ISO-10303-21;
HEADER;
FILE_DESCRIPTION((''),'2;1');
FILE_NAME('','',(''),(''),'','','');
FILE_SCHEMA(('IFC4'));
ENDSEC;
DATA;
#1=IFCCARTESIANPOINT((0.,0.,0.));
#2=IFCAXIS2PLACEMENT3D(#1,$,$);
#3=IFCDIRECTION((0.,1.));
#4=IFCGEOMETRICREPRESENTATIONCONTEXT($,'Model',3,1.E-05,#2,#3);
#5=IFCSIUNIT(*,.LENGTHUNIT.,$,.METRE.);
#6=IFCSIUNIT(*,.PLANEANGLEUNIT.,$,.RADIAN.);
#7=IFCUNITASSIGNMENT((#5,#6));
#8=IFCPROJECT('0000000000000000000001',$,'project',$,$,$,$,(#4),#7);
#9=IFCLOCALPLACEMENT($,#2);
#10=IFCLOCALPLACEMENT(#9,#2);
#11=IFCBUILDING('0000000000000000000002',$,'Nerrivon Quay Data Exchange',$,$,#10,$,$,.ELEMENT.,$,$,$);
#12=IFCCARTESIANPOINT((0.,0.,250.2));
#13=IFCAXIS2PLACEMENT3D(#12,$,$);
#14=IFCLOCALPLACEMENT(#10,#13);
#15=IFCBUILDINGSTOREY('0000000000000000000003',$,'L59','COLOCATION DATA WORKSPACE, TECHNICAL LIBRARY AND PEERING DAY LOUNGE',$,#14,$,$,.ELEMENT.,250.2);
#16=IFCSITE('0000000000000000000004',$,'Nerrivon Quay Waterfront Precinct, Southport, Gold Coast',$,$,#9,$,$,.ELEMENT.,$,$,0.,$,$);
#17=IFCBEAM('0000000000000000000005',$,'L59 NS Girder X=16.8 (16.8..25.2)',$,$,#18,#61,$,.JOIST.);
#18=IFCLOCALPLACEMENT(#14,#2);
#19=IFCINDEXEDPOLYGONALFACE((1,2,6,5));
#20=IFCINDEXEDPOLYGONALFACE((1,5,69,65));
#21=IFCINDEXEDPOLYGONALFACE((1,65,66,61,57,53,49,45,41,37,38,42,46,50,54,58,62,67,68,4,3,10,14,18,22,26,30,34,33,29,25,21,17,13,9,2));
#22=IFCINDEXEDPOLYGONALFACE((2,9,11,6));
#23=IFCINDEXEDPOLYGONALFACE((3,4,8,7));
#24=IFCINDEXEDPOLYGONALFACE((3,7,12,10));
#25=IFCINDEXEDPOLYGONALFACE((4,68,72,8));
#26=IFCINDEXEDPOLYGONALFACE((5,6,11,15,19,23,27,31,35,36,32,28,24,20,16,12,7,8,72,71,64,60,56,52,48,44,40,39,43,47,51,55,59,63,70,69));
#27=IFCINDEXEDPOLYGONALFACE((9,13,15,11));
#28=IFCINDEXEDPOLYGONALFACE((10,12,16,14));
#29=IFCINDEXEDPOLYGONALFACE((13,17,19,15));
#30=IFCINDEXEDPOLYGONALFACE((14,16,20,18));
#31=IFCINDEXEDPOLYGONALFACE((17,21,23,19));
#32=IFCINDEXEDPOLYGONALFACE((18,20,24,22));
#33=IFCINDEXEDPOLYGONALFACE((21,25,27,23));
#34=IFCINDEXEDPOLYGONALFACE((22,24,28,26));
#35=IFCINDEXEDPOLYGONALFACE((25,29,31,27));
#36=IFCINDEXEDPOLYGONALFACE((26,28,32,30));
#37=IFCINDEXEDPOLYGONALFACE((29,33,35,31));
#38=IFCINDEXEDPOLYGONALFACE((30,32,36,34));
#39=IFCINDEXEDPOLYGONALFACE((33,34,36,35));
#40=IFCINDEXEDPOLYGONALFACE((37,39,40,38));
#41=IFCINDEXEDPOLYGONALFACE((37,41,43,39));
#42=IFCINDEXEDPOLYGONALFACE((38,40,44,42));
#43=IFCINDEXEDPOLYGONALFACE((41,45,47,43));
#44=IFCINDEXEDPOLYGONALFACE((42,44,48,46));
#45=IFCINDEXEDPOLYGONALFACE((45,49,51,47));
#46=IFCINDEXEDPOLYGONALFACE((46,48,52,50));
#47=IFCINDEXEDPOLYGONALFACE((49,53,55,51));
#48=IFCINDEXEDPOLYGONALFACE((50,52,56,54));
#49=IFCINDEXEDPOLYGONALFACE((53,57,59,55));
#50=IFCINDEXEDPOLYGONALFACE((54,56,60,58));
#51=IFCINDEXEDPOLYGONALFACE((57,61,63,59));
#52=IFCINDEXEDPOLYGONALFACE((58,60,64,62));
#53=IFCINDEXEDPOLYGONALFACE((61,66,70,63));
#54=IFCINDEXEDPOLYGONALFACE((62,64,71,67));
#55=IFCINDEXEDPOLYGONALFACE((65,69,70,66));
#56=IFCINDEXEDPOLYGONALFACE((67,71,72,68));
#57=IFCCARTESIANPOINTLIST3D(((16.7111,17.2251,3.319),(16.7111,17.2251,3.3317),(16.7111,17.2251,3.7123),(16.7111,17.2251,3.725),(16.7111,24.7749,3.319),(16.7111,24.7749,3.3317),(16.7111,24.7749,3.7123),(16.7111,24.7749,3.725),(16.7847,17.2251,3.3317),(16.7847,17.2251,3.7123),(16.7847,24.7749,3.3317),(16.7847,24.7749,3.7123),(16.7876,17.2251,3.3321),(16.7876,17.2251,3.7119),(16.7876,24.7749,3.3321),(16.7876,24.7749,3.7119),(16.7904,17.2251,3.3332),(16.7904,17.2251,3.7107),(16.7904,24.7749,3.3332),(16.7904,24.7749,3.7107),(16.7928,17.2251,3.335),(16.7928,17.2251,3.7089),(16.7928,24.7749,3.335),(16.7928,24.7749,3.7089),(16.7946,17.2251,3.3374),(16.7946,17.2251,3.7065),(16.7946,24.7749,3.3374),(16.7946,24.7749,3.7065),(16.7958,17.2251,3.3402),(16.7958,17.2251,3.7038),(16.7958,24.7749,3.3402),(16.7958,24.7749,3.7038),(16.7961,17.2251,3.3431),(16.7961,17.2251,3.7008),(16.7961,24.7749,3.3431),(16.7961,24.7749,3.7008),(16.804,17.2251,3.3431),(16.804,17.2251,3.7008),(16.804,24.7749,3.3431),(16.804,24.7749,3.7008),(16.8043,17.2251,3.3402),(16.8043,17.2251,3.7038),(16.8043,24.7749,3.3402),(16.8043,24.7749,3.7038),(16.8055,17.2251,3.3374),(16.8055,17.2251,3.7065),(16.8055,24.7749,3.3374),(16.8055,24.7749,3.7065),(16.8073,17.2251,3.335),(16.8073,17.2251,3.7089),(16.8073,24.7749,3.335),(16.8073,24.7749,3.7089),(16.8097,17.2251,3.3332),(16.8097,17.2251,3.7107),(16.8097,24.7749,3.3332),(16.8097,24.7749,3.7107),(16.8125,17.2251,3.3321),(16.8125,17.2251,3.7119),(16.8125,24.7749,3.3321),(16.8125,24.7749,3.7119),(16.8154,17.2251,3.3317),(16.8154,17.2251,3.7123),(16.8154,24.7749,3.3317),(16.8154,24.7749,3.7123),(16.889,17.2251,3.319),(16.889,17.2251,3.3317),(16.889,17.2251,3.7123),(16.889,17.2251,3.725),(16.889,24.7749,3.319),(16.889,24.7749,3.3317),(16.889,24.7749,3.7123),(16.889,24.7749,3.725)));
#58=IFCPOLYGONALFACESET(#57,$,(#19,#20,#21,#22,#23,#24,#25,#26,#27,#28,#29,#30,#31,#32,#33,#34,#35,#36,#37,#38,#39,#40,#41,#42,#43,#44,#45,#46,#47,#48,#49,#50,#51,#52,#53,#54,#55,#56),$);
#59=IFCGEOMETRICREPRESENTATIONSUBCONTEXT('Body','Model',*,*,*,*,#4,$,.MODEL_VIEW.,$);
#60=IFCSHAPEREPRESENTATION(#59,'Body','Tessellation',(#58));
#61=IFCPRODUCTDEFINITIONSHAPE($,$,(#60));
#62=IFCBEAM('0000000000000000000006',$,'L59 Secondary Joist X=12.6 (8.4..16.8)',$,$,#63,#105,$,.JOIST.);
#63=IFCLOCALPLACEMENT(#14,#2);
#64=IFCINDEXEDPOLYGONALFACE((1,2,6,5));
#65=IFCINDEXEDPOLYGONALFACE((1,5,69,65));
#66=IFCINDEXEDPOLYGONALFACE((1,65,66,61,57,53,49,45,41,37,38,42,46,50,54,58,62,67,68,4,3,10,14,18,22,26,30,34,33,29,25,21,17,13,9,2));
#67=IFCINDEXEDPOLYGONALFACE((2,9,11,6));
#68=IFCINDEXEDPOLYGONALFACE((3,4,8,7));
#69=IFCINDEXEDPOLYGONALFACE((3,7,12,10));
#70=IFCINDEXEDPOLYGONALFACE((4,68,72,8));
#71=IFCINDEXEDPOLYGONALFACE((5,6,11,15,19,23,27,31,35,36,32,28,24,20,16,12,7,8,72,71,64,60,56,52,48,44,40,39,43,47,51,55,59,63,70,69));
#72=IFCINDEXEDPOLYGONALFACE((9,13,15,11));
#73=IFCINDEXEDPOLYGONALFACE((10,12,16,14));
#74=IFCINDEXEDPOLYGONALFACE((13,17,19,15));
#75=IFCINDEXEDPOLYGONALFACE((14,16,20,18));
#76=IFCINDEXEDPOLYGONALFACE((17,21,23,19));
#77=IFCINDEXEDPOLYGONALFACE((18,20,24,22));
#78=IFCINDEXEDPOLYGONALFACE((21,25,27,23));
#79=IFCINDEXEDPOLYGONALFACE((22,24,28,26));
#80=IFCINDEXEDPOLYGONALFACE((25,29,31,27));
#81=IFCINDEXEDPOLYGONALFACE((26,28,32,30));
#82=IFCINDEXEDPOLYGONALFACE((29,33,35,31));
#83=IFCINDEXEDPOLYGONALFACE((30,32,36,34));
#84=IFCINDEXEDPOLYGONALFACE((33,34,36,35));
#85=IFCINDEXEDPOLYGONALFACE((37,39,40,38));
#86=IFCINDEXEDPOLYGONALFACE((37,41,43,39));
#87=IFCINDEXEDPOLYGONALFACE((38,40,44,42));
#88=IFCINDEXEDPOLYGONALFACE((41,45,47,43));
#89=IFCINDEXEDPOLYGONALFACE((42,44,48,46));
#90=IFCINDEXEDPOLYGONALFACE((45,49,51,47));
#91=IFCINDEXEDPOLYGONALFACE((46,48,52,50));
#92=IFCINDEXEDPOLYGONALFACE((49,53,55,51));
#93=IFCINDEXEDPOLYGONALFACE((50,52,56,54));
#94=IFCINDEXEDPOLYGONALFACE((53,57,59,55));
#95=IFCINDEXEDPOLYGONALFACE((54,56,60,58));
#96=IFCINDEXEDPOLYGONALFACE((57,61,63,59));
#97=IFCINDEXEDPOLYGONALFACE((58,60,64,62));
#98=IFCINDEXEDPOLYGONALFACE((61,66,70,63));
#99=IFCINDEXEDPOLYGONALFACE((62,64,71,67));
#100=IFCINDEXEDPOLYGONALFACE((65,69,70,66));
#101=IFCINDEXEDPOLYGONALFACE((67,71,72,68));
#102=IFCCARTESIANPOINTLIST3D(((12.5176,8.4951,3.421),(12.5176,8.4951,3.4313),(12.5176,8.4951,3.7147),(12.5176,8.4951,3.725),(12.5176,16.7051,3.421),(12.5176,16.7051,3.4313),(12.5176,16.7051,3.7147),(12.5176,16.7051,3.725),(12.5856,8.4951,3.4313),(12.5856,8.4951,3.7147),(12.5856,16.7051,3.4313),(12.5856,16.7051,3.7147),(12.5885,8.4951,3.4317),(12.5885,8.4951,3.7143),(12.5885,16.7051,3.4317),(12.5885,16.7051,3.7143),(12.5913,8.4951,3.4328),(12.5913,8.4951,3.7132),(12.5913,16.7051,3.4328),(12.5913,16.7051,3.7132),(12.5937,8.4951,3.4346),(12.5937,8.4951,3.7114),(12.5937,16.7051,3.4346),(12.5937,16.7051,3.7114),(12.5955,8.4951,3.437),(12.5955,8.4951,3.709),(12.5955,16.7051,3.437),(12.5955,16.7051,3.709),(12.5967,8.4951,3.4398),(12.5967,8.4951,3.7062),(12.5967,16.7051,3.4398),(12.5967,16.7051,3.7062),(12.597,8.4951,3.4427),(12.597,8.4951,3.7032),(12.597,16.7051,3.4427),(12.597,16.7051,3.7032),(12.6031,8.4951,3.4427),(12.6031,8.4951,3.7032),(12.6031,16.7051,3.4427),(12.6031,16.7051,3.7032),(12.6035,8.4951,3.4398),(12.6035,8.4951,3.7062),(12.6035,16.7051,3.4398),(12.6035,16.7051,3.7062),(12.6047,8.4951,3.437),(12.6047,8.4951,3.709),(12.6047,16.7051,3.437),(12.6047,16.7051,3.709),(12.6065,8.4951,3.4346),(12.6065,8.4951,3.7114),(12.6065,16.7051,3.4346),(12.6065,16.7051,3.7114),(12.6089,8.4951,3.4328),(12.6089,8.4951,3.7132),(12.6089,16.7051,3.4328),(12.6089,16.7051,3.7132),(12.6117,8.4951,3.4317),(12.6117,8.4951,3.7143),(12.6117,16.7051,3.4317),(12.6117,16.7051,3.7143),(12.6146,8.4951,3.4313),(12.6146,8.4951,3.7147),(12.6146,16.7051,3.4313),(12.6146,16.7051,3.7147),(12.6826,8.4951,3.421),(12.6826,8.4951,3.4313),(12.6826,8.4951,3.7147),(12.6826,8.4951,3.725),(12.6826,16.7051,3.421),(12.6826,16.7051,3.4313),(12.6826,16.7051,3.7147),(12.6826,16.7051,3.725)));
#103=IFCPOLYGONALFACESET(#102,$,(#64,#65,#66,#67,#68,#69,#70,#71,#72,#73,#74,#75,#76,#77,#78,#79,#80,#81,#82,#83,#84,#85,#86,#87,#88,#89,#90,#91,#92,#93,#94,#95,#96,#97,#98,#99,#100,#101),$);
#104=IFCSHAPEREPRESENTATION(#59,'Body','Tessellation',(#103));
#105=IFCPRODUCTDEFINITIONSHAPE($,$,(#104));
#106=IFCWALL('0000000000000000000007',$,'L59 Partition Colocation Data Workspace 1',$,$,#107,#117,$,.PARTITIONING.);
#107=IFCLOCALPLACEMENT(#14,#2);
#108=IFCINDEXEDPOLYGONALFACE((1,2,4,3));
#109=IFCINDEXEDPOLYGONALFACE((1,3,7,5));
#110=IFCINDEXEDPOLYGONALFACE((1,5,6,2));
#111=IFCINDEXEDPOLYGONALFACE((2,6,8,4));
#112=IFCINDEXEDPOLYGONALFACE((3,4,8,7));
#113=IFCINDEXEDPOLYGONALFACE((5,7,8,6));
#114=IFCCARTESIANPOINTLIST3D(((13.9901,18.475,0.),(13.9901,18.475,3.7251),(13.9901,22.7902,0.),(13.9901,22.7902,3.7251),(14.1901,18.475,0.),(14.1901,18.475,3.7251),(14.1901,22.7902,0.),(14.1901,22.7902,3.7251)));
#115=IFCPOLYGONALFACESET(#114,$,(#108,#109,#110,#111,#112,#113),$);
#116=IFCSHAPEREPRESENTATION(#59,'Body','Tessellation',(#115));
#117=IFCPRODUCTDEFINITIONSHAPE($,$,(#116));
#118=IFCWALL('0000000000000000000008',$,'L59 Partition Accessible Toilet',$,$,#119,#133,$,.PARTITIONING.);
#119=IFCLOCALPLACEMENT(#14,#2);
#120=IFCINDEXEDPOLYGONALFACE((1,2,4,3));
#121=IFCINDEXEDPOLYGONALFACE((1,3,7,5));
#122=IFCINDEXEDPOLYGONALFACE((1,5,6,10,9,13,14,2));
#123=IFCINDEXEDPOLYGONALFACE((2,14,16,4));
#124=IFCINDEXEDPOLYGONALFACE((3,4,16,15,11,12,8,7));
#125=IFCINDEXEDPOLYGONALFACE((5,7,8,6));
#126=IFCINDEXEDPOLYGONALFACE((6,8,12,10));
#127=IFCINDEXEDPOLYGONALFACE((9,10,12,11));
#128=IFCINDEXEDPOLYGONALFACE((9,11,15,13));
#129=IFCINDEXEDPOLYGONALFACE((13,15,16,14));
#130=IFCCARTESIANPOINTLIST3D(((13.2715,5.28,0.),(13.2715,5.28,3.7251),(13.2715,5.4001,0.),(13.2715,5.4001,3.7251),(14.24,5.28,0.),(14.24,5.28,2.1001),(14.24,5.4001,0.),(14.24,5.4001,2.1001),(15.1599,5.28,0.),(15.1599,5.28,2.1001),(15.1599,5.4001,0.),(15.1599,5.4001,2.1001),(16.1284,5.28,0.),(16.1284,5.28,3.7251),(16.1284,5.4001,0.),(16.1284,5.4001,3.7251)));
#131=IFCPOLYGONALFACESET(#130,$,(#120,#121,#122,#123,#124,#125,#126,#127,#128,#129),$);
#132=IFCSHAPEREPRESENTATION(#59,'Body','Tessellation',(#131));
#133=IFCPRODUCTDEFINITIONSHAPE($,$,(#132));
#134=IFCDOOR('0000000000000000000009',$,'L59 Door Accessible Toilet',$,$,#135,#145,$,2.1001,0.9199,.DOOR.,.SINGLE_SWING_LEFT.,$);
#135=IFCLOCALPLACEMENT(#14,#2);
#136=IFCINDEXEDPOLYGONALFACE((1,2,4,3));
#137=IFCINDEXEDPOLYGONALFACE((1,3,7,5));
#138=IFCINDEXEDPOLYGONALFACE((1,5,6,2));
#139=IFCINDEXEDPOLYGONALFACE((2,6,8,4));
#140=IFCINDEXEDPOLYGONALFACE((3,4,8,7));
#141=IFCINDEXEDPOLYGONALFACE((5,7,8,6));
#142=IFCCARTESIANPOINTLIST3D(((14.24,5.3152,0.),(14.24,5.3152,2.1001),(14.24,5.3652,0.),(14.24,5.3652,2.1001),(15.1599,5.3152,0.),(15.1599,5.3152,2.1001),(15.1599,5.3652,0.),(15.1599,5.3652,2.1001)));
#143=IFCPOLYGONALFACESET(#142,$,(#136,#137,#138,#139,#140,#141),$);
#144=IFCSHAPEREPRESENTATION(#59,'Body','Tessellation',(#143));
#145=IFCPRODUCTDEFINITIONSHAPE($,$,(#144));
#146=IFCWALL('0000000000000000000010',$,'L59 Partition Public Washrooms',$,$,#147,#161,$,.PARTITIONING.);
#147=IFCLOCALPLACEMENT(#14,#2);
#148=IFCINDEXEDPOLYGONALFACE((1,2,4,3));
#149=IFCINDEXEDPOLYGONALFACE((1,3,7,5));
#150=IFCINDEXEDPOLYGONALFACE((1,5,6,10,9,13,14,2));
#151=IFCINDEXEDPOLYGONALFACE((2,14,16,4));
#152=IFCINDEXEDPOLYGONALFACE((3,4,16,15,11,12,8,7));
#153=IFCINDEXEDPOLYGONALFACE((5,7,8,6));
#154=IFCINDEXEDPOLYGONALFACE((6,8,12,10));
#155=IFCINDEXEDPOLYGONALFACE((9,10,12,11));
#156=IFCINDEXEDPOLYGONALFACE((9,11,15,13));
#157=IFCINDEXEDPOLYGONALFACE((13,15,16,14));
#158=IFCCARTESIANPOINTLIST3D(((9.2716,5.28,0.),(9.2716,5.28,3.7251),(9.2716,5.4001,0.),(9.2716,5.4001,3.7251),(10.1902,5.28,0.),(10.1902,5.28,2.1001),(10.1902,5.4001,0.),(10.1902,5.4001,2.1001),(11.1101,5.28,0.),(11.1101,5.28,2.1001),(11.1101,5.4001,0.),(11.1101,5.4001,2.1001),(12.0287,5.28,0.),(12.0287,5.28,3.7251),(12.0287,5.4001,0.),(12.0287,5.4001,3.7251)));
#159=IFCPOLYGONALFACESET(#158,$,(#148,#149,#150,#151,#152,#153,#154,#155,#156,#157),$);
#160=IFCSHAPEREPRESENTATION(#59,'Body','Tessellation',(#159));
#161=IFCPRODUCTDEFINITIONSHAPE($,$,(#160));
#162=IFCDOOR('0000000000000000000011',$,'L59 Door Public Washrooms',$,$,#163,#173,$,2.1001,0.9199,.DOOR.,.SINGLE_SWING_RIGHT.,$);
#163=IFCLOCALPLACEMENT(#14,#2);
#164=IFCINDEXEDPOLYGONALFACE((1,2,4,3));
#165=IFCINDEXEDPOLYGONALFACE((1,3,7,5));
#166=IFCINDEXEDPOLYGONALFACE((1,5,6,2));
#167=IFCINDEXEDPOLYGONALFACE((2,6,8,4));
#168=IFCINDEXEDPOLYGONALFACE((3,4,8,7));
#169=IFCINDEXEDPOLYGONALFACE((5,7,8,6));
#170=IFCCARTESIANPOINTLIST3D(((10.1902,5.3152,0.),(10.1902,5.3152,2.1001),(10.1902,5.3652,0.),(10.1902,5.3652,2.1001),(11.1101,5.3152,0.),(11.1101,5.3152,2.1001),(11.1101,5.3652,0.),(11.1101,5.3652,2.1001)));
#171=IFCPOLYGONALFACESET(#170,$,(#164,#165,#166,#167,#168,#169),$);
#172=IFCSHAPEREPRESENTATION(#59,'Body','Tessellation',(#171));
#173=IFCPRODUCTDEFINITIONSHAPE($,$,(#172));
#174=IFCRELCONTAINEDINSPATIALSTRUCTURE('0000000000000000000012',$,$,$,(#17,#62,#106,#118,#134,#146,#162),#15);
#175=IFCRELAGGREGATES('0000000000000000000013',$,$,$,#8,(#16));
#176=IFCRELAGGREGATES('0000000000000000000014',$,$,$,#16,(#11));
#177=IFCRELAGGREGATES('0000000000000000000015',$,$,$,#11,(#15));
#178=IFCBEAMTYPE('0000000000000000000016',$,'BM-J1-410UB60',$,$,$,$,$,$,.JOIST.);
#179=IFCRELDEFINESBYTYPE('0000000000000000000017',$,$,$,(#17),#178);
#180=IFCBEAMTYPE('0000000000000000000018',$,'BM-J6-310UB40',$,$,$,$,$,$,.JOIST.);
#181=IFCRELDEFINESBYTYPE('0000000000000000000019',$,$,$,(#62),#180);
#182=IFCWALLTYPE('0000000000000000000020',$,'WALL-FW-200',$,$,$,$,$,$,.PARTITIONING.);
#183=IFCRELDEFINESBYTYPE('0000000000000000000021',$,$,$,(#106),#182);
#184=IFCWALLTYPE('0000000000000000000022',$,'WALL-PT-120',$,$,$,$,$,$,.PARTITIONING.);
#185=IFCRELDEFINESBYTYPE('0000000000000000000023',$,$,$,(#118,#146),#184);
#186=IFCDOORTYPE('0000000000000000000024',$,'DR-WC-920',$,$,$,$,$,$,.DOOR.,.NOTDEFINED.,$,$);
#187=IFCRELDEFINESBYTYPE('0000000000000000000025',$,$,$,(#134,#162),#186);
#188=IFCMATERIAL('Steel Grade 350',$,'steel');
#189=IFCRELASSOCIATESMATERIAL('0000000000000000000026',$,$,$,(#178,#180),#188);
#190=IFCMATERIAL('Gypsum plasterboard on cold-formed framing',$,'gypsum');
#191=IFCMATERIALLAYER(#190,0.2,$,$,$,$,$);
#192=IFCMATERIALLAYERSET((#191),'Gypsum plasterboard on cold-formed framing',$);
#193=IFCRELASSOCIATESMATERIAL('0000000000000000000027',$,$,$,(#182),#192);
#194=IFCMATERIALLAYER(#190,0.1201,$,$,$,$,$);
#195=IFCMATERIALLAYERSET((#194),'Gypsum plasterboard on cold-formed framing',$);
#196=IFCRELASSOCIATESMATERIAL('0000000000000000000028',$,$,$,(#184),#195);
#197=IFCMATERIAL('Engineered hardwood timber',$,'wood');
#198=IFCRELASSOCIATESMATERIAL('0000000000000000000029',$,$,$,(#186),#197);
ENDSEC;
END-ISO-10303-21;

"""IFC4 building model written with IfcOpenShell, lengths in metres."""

from ifc_helpers import new_model, si_unit, direction, frame, frame_2d, origin, origin_2d, place, context, subcontext, project, spatial, rectangle, i_section, extrude, material, layer, layer_set, material_profile, profile_set, type_object, element, fill, save


model = new_model("IFC4")

# Units and contexts
model_context = context("Model", 3, precision=1e-05, world=origin(), true_north=direction((0.0, 1.0)))
body_context = subcontext(model_context, "Body", "Model", "MODEL_VIEW")
ifc_project = project(units=[si_unit("LENGTHUNIT", "METRE"), si_unit("PLANEANGLEUNIT", "RADIAN")], contexts=[model_context])

# Site, building, storey
site_placement = place(None, origin())
site = spatial("IfcSite", under=ifc_project, at=site_placement, Name="Nerrivon Quay Waterfront Precinct, Southport, Gold Coast", CompositionType="ELEMENT", RefElevation=0.0)
building_placement = place(site_placement, origin())
building = spatial("IfcBuilding", under=site, at=building_placement, Name="Nerrivon Quay Data Exchange", CompositionType="ELEMENT")
storey_placement = place(building_placement, frame((0.0, 0.0, 250.2)))
storey = spatial("IfcBuildingStorey", under=building, at=storey_placement, Name="L59", Description="COLOCATION DATA WORKSPACE, TECHNICAL LIBRARY AND PEERING DAY LOUNGE", CompositionType="ELEMENT", Elevation=250.2)

# Shared definitions
ifc_material_1 = material(Name="Steel Grade 350", Category="steel")

# Beams
ifc_material_profile_1 = material_profile(ifc_material_1, i_section(OverallWidth=0.178, OverallDepth=0.406, WebThickness=0.0078, FlangeThickness=0.0127, FilletRadius=0.0115, at=origin_2d()), Name="410UB59.7")
ifc_profile_set_1 = profile_set([ifc_material_profile_1], Name="Steel Grade 350")
beam_type_1 = type_object("IfcBeamType", Name="BM-J1-410UB60", PredefinedType="JOIST", material=ifc_profile_set_1)
beam_1_placement = place(storey_placement, frame((16.8, 17.2251, 3.522), z_axis=(0.0, 1.0, 0.0), x_axis=(-1.0, 0.0, 0.0)))
element("IfcBeam", 1, at=beam_1_placement, inside=storey, type_object=beam_type_1, Name="L59 NS Girder X=16.8 (16.8..25.2)", PredefinedType="JOIST", context=body_context, shape_type="SweptSolid", body=[
    extrude(i_section(OverallWidth=0.178, OverallDepth=0.406, WebThickness=0.0078, FlangeThickness=0.0127, FilletRadius=0.0115, at=origin_2d()), origin(), (0.0, 0.0, 1.0), 7.5498),
])
ifc_material_profile_2 = material_profile(ifc_material_1, i_section(OverallWidth=0.165, OverallDepth=0.304, WebThickness=0.0061, FlangeThickness=0.0103, FilletRadius=0.0115, at=origin_2d()), Name="310UB40.4")
ifc_profile_set_2 = profile_set([ifc_material_profile_2], Name="Steel Grade 350")
beam_type_2 = type_object("IfcBeamType", Name="BM-J6-310UB40", PredefinedType="JOIST", material=ifc_profile_set_2)
beam_2_placement = place(storey_placement, frame((12.6001, 8.4951, 3.573), z_axis=(0.0, 1.0, 0.0), x_axis=(-1.0, 0.0, 0.0)))
element("IfcBeam", 2, at=beam_2_placement, inside=storey, type_object=beam_type_2, Name="L59 Secondary Joist X=12.6 (8.4..16.8)", PredefinedType="JOIST", context=body_context, shape_type="SweptSolid", body=[
    extrude(i_section(OverallWidth=0.165, OverallDepth=0.304, WebThickness=0.0061, FlangeThickness=0.0103, FilletRadius=0.0115, at=origin_2d()), origin(), (0.0, 0.0, 1.0), 8.21),
])

# Wall
ifc_material_2 = material(Name="Gypsum plasterboard on cold-formed framing", Category="gypsum")
ifc_layer_1 = layer(ifc_material_2, 0.2)
ifc_layer_set_1 = layer_set([ifc_layer_1], Name="Gypsum plasterboard on cold-formed framing")
wall_type_1 = type_object("IfcWallType", Name="WALL-FW-200", PredefinedType="PARTITIONING", material=ifc_layer_set_1)
wall_1_placement = place(storey_placement, frame((14.0901, 18.4749, 0.0), z_axis=(0.0, 0.0, 1.0), x_axis=(0.0, 1.0, 0.0)))
element("IfcWall", 3, at=wall_1_placement, inside=storey, type_object=wall_type_1, Name="L59 Partition Colocation Data Workspace 1", PredefinedType="PARTITIONING", context=body_context, shape_type="SweptSolid", body=[
    extrude(rectangle(XDim=4.3152, YDim=0.2, at=frame_2d((2.1577, 0.0))), origin(), (0.0, 0.0, 1.0), 3.7251),
])

# Walls, openings, doors
ifc_layer_2 = layer(ifc_material_2, 0.1201)
ifc_layer_set_2 = layer_set([ifc_layer_2], Name="Gypsum plasterboard on cold-formed framing")
wall_type_2 = type_object("IfcWallType", Name="WALL-PT-120", PredefinedType="PARTITIONING", material=ifc_layer_set_2)
wall_2_placement = place(storey_placement, frame((16.1284, 5.3401, 0.0), z_axis=(0.0, 0.0, 1.0), x_axis=(-1.0, 0.0, 0.0)))
wall_2 = element("IfcWall", 4, at=wall_2_placement, inside=storey, type_object=wall_type_2, Name="L59 Partition Accessible Toilet", PredefinedType="PARTITIONING", context=body_context, shape_type="SweptSolid", body=[
    extrude(rectangle(XDim=2.8569, YDim=0.1201, at=frame_2d((1.4285, 0.0))), origin(), (0.0, 0.0, 1.0), 3.7251),
])
opening_1_placement = place(wall_2_placement, frame((0.9685, 0.0, 0.0)))
opening_1 = element("IfcOpeningElement", 5, at=opening_1_placement, cuts=wall_2, PredefinedType="OPENING", context=body_context, shape_type="SweptSolid", body=[
    extrude(rectangle(XDim=0.9199, YDim=2.1001, at=frame_2d((0.46, 1.05))), frame((0.0, 0.0701, 0.0), z_axis=(0.0, -1.0, 0.0), x_axis=(1.0, 0.0, 0.0)), (0.0, 0.0, 1.0), 0.1401),
])
ifc_material_3 = material(Name="Engineered hardwood timber", Category="wood")
door_type_1 = type_object("IfcDoorType", Name="DR-WC-920", OperationType="NOTDEFINED", PredefinedType="DOOR", material=ifc_material_3)
door_1_placement = place(opening_1_placement, origin())
door_1 = element("IfcDoor", 6, at=door_1_placement, inside=storey, type_object=door_type_1, Name="L59 Door Accessible Toilet", OperationType="SINGLE_SWING_LEFT", OverallHeight=2.1001, OverallWidth=0.9199, PredefinedType="DOOR", context=body_context, shape_type="SweptSolid", body=[
    extrude(rectangle(XDim=0.9199, YDim=2.1001, at=frame_2d((0.46, 1.05))), frame((0.0, 0.0249, 0.0), z_axis=(0.0, -1.0, 0.0), x_axis=(1.0, 0.0, 0.0)), (0.0, 0.0, 1.0), 0.05),
])
fill(opening_1, door_1)
wall_3_placement = place(storey_placement, frame((12.0286, 5.3401, 0.0), z_axis=(0.0, 0.0, 1.0), x_axis=(-1.0, 0.0, 0.0)))
wall_3 = element("IfcWall", 7, at=wall_3_placement, inside=storey, type_object=wall_type_2, Name="L59 Partition Public Washrooms", PredefinedType="PARTITIONING", context=body_context, shape_type="SweptSolid", body=[
    extrude(rectangle(XDim=2.7571, YDim=0.1201, at=frame_2d((1.3784, 0.0))), origin(), (0.0, 0.0, 1.0), 3.7251),
])
opening_2_placement = place(wall_3_placement, frame((0.9185, 0.0, 0.0)))
opening_2 = element("IfcOpeningElement", 8, at=opening_2_placement, cuts=wall_3, PredefinedType="OPENING", context=body_context, shape_type="SweptSolid", body=[
    extrude(rectangle(XDim=0.9199, YDim=2.1001, at=frame_2d((0.46, 1.05))), frame((0.0, 0.0701, 0.0), z_axis=(0.0, -1.0, 0.0), x_axis=(1.0, 0.0, 0.0)), (0.0, 0.0, 1.0), 0.1401),
])
door_2_placement = place(opening_2_placement, origin())
door_2 = element("IfcDoor", 9, at=door_2_placement, inside=storey, type_object=door_type_1, Name="L59 Door Public Washrooms", OperationType="SINGLE_SWING_RIGHT", OverallHeight=2.1001, OverallWidth=0.9199, PredefinedType="DOOR", context=body_context, shape_type="SweptSolid", body=[
    extrude(rectangle(XDim=0.9199, YDim=2.1001, at=frame_2d((0.46, 1.05))), frame((0.0, 0.0249, 0.0), z_axis=(0.0, -1.0, 0.0), x_axis=(1.0, 0.0, 0.0)), (0.0, 0.0, 1.0), 0.05),
])
fill(opening_2, door_2)

save(model, "model.ifc")
